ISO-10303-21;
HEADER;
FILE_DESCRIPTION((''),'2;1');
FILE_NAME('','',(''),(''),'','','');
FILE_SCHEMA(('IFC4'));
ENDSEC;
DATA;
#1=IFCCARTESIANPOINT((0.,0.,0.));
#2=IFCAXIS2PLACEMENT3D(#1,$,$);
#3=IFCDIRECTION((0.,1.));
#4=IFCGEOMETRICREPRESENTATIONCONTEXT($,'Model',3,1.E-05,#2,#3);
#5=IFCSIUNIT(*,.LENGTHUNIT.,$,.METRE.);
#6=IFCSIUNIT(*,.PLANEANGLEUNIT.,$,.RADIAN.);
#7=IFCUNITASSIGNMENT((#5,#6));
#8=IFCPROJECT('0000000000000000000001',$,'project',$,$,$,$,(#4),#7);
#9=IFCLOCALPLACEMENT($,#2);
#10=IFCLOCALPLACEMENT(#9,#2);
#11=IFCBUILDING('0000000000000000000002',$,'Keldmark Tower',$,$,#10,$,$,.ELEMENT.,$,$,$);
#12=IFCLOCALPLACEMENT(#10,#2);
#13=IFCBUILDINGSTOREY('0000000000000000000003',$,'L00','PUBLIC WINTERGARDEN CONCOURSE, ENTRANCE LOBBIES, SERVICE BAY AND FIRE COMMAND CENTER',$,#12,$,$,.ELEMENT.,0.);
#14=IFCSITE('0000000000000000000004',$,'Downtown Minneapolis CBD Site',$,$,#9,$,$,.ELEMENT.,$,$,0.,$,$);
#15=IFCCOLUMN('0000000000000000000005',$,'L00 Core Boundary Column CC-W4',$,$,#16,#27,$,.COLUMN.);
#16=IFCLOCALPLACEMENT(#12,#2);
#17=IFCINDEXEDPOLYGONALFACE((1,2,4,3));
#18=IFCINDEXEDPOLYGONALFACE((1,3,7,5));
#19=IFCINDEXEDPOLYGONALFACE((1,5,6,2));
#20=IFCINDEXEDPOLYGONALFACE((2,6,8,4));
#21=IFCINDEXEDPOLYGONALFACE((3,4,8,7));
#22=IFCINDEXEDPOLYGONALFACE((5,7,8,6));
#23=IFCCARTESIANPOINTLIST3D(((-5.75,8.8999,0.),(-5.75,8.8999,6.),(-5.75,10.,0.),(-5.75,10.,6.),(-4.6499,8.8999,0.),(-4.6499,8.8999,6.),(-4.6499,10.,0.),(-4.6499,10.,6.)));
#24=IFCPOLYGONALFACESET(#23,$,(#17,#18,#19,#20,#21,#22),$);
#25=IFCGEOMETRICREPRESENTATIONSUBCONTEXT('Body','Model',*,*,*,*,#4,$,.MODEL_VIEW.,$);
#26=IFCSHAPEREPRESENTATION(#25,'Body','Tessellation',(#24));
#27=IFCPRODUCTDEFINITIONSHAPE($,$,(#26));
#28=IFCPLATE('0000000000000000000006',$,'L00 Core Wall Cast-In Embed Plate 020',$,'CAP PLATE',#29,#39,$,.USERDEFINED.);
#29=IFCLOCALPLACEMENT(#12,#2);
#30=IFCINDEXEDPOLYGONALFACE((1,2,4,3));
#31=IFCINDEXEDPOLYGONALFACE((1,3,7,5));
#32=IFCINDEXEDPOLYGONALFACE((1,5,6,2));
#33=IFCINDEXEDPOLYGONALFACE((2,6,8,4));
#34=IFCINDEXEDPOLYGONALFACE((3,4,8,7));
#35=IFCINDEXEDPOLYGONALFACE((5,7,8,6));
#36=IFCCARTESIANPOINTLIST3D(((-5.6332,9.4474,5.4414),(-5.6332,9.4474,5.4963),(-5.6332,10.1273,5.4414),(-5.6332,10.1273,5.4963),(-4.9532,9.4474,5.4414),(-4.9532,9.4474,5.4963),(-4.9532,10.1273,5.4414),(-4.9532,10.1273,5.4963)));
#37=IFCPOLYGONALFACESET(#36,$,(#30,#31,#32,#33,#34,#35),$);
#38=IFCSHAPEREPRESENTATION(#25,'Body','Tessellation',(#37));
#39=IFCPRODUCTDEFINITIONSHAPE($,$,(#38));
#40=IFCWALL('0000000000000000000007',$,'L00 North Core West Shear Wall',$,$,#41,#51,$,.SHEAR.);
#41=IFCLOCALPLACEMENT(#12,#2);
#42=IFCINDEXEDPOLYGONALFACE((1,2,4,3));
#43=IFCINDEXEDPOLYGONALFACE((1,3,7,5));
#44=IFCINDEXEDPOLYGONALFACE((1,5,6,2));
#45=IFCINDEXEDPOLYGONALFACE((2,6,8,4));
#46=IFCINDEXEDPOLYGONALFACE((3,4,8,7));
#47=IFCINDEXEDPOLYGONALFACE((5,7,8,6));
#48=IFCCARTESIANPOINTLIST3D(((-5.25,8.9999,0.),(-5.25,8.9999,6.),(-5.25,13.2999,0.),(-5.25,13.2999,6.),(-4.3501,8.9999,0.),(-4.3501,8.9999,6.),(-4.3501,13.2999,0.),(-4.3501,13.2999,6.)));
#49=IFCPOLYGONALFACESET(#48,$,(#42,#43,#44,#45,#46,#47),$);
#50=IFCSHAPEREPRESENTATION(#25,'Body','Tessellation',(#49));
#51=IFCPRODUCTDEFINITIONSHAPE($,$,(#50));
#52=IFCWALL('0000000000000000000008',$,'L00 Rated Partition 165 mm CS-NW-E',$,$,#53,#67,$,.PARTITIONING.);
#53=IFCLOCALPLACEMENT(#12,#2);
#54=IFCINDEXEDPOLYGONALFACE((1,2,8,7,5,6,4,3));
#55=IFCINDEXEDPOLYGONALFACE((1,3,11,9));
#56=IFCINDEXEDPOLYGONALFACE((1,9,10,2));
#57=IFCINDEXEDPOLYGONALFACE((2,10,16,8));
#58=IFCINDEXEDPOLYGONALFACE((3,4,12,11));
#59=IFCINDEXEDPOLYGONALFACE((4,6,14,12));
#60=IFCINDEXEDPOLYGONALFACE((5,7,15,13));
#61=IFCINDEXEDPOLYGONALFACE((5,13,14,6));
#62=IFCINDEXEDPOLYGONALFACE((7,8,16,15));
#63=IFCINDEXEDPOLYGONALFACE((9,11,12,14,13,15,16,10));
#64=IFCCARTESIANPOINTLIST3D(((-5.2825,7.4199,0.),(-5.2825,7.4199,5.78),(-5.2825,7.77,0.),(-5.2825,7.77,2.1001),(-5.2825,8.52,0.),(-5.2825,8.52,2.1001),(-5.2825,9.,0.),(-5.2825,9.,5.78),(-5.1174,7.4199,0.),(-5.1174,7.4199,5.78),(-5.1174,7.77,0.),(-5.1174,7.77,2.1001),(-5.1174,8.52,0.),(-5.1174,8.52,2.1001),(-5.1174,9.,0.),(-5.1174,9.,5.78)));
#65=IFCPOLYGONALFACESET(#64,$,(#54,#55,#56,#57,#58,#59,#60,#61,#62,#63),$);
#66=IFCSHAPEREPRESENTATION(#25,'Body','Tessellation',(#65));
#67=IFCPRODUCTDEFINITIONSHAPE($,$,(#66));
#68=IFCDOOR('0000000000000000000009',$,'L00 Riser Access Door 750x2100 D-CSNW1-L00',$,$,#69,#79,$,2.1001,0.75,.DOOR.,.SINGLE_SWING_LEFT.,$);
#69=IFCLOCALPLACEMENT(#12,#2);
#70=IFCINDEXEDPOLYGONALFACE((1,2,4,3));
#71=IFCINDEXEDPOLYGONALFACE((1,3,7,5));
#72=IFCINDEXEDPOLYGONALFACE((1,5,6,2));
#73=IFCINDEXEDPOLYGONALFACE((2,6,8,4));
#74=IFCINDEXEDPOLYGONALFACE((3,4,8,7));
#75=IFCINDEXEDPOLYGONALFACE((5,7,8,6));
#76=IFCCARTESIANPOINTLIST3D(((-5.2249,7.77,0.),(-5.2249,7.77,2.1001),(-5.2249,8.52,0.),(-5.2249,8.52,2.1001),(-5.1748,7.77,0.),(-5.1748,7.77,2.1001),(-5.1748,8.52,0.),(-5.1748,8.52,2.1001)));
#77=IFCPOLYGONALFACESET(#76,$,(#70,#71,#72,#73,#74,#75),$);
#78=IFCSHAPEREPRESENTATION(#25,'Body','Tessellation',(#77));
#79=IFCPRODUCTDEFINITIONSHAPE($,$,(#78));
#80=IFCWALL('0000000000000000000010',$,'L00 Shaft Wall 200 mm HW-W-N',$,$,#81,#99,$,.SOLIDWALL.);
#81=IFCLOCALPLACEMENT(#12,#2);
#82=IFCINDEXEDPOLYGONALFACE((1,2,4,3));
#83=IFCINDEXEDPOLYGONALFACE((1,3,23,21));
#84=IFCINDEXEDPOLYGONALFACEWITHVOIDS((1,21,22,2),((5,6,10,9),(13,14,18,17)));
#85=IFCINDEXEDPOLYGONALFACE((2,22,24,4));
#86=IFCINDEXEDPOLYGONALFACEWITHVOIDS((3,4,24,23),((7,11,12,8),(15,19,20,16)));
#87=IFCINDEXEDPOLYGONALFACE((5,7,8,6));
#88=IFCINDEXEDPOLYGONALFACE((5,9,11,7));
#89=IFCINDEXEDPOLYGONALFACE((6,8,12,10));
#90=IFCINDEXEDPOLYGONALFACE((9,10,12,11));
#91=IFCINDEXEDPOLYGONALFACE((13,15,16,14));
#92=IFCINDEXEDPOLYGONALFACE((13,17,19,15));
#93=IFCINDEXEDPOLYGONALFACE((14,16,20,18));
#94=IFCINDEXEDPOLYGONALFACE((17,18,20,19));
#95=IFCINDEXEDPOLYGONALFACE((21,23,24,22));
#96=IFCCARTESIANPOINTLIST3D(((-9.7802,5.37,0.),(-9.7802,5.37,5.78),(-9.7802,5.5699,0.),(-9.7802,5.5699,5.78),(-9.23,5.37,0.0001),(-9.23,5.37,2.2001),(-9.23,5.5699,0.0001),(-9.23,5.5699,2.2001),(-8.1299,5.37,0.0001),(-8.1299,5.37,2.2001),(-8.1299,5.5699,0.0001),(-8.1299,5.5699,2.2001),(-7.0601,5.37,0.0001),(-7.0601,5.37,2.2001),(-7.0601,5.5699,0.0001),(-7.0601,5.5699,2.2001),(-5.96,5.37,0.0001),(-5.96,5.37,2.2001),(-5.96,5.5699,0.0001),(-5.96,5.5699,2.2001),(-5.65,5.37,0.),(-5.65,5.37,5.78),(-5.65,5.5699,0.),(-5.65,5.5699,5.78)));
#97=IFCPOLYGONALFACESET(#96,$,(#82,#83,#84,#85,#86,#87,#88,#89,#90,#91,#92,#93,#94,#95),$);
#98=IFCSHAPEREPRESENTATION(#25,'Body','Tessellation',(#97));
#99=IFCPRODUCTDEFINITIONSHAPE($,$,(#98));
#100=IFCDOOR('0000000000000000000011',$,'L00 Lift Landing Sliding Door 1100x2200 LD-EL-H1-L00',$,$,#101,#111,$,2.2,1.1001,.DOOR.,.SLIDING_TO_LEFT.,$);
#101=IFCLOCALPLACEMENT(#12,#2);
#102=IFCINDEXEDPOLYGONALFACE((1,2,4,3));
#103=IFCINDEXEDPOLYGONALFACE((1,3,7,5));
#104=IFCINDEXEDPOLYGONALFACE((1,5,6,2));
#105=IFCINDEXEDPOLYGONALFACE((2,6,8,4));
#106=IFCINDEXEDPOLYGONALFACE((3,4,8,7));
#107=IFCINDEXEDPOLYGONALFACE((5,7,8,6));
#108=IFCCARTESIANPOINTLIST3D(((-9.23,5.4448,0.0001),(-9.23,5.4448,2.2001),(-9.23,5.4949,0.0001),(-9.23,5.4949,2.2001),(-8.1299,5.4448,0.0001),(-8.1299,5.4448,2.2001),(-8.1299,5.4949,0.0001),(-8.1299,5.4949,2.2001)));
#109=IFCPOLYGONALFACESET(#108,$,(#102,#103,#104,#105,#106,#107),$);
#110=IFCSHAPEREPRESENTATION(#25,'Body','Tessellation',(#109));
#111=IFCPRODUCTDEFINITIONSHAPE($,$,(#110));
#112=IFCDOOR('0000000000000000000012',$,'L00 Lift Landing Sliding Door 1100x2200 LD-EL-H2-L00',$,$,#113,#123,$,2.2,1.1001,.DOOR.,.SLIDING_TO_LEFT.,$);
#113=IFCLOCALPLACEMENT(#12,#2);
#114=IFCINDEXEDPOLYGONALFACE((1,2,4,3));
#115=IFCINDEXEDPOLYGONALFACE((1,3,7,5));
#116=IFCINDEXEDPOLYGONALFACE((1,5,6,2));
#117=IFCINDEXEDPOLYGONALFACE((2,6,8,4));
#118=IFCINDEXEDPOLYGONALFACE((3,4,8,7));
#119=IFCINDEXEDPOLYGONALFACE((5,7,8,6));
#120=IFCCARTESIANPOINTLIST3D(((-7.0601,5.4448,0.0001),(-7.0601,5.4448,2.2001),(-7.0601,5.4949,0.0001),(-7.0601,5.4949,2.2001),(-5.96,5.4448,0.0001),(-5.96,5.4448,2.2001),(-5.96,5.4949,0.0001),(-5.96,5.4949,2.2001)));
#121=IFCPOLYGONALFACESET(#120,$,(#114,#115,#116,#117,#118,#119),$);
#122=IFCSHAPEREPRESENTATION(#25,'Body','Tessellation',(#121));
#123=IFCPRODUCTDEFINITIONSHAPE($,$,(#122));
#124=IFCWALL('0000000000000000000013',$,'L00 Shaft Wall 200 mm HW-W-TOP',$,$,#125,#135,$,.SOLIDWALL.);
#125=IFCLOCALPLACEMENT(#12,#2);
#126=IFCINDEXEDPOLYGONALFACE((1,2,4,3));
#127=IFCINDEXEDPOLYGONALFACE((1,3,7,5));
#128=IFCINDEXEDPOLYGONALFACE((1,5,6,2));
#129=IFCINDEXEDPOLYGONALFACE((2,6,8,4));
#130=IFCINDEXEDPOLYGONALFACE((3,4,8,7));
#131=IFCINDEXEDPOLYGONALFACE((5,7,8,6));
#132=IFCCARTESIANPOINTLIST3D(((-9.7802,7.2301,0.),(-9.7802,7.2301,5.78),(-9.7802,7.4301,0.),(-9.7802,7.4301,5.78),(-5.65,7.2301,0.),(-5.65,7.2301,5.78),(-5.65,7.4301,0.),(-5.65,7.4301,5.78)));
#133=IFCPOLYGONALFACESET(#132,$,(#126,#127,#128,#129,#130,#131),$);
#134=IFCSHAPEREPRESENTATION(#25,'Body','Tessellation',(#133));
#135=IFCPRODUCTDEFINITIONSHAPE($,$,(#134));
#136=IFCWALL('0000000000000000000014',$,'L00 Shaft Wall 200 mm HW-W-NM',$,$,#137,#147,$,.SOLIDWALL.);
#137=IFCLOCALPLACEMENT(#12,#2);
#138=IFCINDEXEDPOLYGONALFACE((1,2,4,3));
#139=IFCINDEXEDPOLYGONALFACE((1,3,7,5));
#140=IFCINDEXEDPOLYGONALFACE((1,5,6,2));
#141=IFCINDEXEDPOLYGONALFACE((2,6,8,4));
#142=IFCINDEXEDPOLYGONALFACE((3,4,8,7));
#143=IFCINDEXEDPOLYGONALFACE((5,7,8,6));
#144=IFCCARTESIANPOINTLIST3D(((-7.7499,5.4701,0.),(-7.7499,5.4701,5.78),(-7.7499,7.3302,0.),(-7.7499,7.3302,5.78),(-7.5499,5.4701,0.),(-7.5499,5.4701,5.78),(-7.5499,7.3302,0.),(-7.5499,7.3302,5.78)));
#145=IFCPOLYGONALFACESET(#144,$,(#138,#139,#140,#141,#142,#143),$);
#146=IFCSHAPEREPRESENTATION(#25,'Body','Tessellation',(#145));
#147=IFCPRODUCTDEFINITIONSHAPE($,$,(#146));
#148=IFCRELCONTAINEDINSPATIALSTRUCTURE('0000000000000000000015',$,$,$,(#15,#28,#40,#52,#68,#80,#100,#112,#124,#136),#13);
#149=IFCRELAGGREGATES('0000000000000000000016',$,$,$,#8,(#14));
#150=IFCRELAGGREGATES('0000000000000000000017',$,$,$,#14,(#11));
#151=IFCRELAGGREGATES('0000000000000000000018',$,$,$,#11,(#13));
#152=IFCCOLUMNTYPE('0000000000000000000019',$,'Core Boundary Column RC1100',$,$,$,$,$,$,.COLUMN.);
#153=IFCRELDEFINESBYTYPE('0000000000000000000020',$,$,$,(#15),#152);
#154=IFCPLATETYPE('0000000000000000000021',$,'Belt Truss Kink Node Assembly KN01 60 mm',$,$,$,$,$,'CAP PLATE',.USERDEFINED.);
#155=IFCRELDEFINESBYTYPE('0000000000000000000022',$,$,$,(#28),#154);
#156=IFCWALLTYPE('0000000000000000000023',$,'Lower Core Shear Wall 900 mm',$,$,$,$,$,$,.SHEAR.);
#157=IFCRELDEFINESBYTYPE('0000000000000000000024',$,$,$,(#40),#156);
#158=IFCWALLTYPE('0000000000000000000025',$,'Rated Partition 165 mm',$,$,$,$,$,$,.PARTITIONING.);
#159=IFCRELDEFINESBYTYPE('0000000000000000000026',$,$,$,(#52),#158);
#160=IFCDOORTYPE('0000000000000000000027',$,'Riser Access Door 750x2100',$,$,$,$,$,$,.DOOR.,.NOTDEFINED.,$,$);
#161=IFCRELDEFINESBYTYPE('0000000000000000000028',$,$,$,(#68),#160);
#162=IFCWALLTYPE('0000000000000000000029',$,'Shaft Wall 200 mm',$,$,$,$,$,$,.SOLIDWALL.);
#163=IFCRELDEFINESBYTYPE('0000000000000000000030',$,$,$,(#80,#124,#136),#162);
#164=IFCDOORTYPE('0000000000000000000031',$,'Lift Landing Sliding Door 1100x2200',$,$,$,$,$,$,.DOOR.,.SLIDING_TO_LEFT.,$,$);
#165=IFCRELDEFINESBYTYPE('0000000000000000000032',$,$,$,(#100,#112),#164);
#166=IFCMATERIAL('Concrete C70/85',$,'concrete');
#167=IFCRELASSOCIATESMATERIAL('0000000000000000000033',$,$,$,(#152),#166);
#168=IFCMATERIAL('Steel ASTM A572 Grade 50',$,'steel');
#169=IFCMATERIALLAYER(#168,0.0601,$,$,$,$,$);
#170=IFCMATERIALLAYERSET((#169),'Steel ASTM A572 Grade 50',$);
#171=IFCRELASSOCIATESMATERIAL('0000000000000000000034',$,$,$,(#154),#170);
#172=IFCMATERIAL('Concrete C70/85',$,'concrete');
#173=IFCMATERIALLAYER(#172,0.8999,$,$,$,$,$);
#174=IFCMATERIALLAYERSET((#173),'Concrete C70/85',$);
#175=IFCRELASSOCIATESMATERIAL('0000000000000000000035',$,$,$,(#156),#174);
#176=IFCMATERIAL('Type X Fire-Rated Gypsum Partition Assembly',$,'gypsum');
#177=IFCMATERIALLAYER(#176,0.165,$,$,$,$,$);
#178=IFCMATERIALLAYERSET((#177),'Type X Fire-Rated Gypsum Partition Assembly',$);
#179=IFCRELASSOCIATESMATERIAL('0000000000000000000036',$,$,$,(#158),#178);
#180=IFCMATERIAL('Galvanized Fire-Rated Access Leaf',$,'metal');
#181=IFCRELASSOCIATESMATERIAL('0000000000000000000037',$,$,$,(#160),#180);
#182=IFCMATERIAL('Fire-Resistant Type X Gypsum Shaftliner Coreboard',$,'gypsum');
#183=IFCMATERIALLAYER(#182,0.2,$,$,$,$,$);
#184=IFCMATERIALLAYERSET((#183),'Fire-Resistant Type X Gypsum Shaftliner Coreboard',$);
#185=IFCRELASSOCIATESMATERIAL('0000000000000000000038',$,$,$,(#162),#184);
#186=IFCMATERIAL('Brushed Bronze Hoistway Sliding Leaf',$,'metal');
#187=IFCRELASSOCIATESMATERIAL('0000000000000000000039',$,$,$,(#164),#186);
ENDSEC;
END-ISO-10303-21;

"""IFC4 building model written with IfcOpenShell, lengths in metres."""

from ifc_helpers import new_model, si_unit, direction, frame, frame_2d, origin, origin_2d, place, context, subcontext, project, spatial, rectangle, extrude, material, layer, layer_set, material_profile, profile_set, type_object, element, fill, save


model = new_model("IFC4")

# Units and contexts
model_context = context("Model", 3, precision=1e-05, world=origin(), true_north=direction((0.0, 1.0)))
body_context = subcontext(model_context, "Body", "Model", "MODEL_VIEW")
ifc_project = project(units=[si_unit("LENGTHUNIT", "METRE"), si_unit("PLANEANGLEUNIT", "RADIAN")], contexts=[model_context])

# Site, building, storey
site_placement = place(None, origin())
site = spatial("IfcSite", under=ifc_project, at=site_placement, Name="Downtown Minneapolis CBD Site", CompositionType="ELEMENT", RefElevation=0.0)
building_placement = place(site_placement, origin())
building = spatial("IfcBuilding", under=site, at=building_placement, Name="Keldmark Tower", CompositionType="ELEMENT")
storey_placement = place(building_placement, origin())
storey = spatial("IfcBuildingStorey", under=building, at=storey_placement, Name="L00", Description="PUBLIC WINTERGARDEN CONCOURSE, ENTRANCE LOBBIES, SERVICE BAY AND FIRE COMMAND CENTER", CompositionType="ELEMENT", Elevation=0.0)

# Column
ifc_material_1 = material(Name="Concrete C70/85", Category="concrete")
ifc_material_profile = material_profile(ifc_material_1, rectangle(XDim=1.1001, YDim=1.1001, at=origin_2d()), Name="RC1100X1100")
ifc_profile_set = profile_set([ifc_material_profile], Name="Concrete C70/85")
column_type = type_object("IfcColumnType", Name="Core Boundary Column RC1100", PredefinedType="COLUMN", material=ifc_profile_set)
column_placement = place(storey_placement, frame((-5.2, 9.45, 0.0), z_axis=(0.0, 0.0, 1.0), x_axis=(1.0, 0.0, 0.0)))
element("IfcColumn", 1, at=column_placement, inside=storey, type_object=column_type, Name="L00 Core Boundary Column CC-W4", PredefinedType="COLUMN", context=body_context, shape_type="SweptSolid", body=[
    extrude(rectangle(XDim=1.1001, YDim=1.1001, at=origin_2d()), origin(), (0.0, 0.0, 1.0), 6.0),
])

# Plate
ifc_material_2 = material(Name="Steel ASTM A572 Grade 50", Category="steel")
ifc_layer_1 = layer(ifc_material_2, 0.0601)
ifc_layer_set_1 = layer_set([ifc_layer_1], Name="Steel ASTM A572 Grade 50")
plate_type = type_object("IfcPlateType", Name="Belt Truss Kink Node Assembly KN01 60 mm", ElementType="CAP PLATE", PredefinedType="USERDEFINED", material=ifc_layer_set_1)
plate_placement = place(storey_placement, frame((-5.2932, 9.7874, 5.4414), z_axis=(0.0, 0.0, 1.0), x_axis=(1.0, 0.0, 0.0)))
element("IfcPlate", 2, at=plate_placement, inside=storey, type_object=plate_type, Name="L00 Core Wall Cast-In Embed Plate 020", ObjectType="CAP PLATE", PredefinedType="USERDEFINED", context=body_context, shape_type="SweptSolid", body=[
    extrude(rectangle(XDim=0.6799, YDim=0.6799, at=origin_2d()), origin(), (0.0, 0.0, 1.0), 0.0549),
])

# Wall
ifc_material_3 = material(Name="Concrete C70/85", Category="concrete")
ifc_layer_2 = layer(ifc_material_3, 0.8999)
ifc_layer_set_2 = layer_set([ifc_layer_2], Name="Concrete C70/85")
wall_type_1 = type_object("IfcWallType", Name="Lower Core Shear Wall 900 mm", PredefinedType="SHEAR", material=ifc_layer_set_2)
wall_1_placement = place(storey_placement, frame((-4.8, 9.0, 0.0), z_axis=(0.0, 0.0, 1.0), x_axis=(0.0, 1.0, 0.0)))
element("IfcWall", 3, at=wall_1_placement, inside=storey, type_object=wall_type_1, Name="L00 North Core West Shear Wall", PredefinedType="SHEAR", context=body_context, shape_type="SweptSolid", body=[
    extrude(rectangle(XDim=4.3, YDim=0.8999, at=frame_2d((2.1499, 0.0))), origin(), (0.0, 0.0, 1.0), 6.0),
])

# Wall, opening, door
ifc_material_4 = material(Name="Type X Fire-Rated Gypsum Partition Assembly", Category="gypsum")
ifc_layer_3 = layer(ifc_material_4, 0.165)
ifc_layer_set_3 = layer_set([ifc_layer_3], Name="Type X Fire-Rated Gypsum Partition Assembly")
wall_type_2 = type_object("IfcWallType", Name="Rated Partition 165 mm", PredefinedType="PARTITIONING", material=ifc_layer_set_3)
wall_2_placement = place(storey_placement, frame((-5.2, 7.4199, 0.0), z_axis=(0.0, 0.0, 1.0), x_axis=(0.0, 1.0, 0.0)))
wall_2 = element("IfcWall", 4, at=wall_2_placement, inside=storey, type_object=wall_type_2, Name="L00 Rated Partition 165 mm CS-NW-E", PredefinedType="PARTITIONING", context=body_context, shape_type="SweptSolid", body=[
    extrude(rectangle(XDim=1.5801, YDim=0.165, at=frame_2d((0.79, 0.0))), origin(), (0.0, 0.0, 1.0), 5.78),
])
opening_1_placement = place(wall_2_placement, frame((0.3501, 0.0, 0.0)))
opening_1 = element("IfcOpeningElement", 5, at=opening_1_placement, cuts=wall_2, PredefinedType="OPENING", context=body_context, shape_type="SweptSolid", body=[
    extrude(rectangle(XDim=0.75, YDim=2.1001, at=frame_2d((0.375, 1.05))), frame((0.0, 0.0925, 0.0), z_axis=(0.0, -1.0, 0.0), x_axis=(1.0, 0.0, 0.0)), (0.0, 0.0, 1.0), 0.1851),
])
ifc_material_5 = material(Name="Galvanized Fire-Rated Access Leaf", Category="metal")
door_type_1 = type_object("IfcDoorType", Name="Riser Access Door 750x2100", OperationType="NOTDEFINED", PredefinedType="DOOR", material=ifc_material_5)
door_1_placement = place(opening_1_placement, origin())
door_1 = element("IfcDoor", 6, at=door_1_placement, inside=storey, type_object=door_type_1, Name="L00 Riser Access Door 750x2100 D-CSNW1-L00", OperationType="SINGLE_SWING_LEFT", OverallHeight=2.1001, OverallWidth=0.75, PredefinedType="DOOR", context=body_context, shape_type="SweptSolid", body=[
    extrude(rectangle(XDim=0.75, YDim=2.1001, at=frame_2d((0.375, 1.05))), frame((0.0, 0.0249, 0.0), z_axis=(0.0, -1.0, 0.0), x_axis=(1.0, 0.0, 0.0)), (0.0, 0.0, 1.0), 0.05),
])
fill(opening_1, door_1)

# Wall, openings, doors
ifc_material_6 = material(Name="Fire-Resistant Type X Gypsum Shaftliner Coreboard", Category="gypsum")
ifc_layer_4 = layer(ifc_material_6, 0.2)
ifc_layer_set_4 = layer_set([ifc_layer_4], Name="Fire-Resistant Type X Gypsum Shaftliner Coreboard")
wall_type_3 = type_object("IfcWallType", Name="Shaft Wall 200 mm", PredefinedType="SOLIDWALL", material=ifc_layer_set_4)
wall_3_placement = place(storey_placement, frame((-9.78, 5.47, 0.0), z_axis=(0.0, 0.0, 1.0), x_axis=(1.0, 0.0, 0.0)))
wall_3 = element("IfcWall", 7, at=wall_3_placement, inside=storey, type_object=wall_type_3, Name="L00 Shaft Wall 200 mm HW-W-N", PredefinedType="SOLIDWALL", context=body_context, shape_type="SweptSolid", body=[
    extrude(rectangle(XDim=4.1301, YDim=0.2, at=frame_2d((2.0649, 0.0))), origin(), (0.0, 0.0, 1.0), 5.78),
])
opening_2_placement = place(wall_3_placement, frame((0.55, 0.0, 0.0)))
opening_2 = element("IfcOpeningElement", 8, at=opening_2_placement, cuts=wall_3, PredefinedType="OPENING", context=body_context, shape_type="SweptSolid", body=[
    extrude(rectangle(XDim=1.1001, YDim=2.2, at=frame_2d((0.55, 1.1001))), frame((0.0, 0.1099, 0.0), z_axis=(0.0, -1.0, 0.0), x_axis=(1.0, 0.0, 0.0)), (0.0, 0.0, 1.0), 0.22),
])
opening_3_placement = place(wall_3_placement, frame((2.72, 0.0, 0.0)))
opening_3 = element("IfcOpeningElement", 9, at=opening_3_placement, cuts=wall_3, PredefinedType="OPENING", context=body_context, shape_type="SweptSolid", body=[
    extrude(rectangle(XDim=1.1001, YDim=2.2, at=frame_2d((0.55, 1.1001))), frame((0.0, 0.1099, 0.0), z_axis=(0.0, -1.0, 0.0), x_axis=(1.0, 0.0, 0.0)), (0.0, 0.0, 1.0), 0.22),
])
ifc_material_7 = material(Name="Brushed Bronze Hoistway Sliding Leaf", Category="metal")
door_type_2 = type_object("IfcDoorType", Name="Lift Landing Sliding Door 1100x2200", OperationType="SLIDING_TO_LEFT", PredefinedType="DOOR", material=ifc_material_7)
door_2_placement = place(opening_2_placement, origin())
door_2 = element("IfcDoor", 10, at=door_2_placement, inside=storey, type_object=door_type_2, Name="L00 Lift Landing Sliding Door 1100x2200 LD-EL-H1-L00", OperationType="SLIDING_TO_LEFT", OverallHeight=2.2, OverallWidth=1.1001, PredefinedType="DOOR", context=body_context, shape_type="SweptSolid", body=[
    extrude(rectangle(XDim=1.1001, YDim=2.2, at=frame_2d((0.55, 1.1001))), frame((0.0, 0.0249, 0.0), z_axis=(0.0, -1.0, 0.0), x_axis=(1.0, 0.0, 0.0)), (0.0, 0.0, 1.0), 0.05),
])
fill(opening_2, door_2)
door_3_placement = place(opening_3_placement, origin())
door_3 = element("IfcDoor", 11, at=door_3_placement, inside=storey, type_object=door_type_2, Name="L00 Lift Landing Sliding Door 1100x2200 LD-EL-H2-L00", OperationType="SLIDING_TO_LEFT", OverallHeight=2.2, OverallWidth=1.1001, PredefinedType="DOOR", context=body_context, shape_type="SweptSolid", body=[
    extrude(rectangle(XDim=1.1001, YDim=2.2, at=frame_2d((0.55, 1.1001))), frame((0.0, 0.0249, 0.0), z_axis=(0.0, -1.0, 0.0), x_axis=(1.0, 0.0, 0.0)), (0.0, 0.0, 1.0), 0.05),
])
fill(opening_3, door_3)

# Walls
wall_4_placement = place(storey_placement, frame((-9.78, 7.3301, 0.0), z_axis=(0.0, 0.0, 1.0), x_axis=(1.0, 0.0, 0.0)))
element("IfcWall", 12, at=wall_4_placement, inside=storey, type_object=wall_type_3, Name="L00 Shaft Wall 200 mm HW-W-TOP", PredefinedType="SOLIDWALL", context=body_context, shape_type="SweptSolid", body=[
    extrude(rectangle(XDim=4.1301, YDim=0.2, at=frame_2d((2.0649, 0.0))), origin(), (0.0, 0.0, 1.0), 5.78),
])
wall_5_placement = place(storey_placement, frame((-7.6499, 5.47, 0.0), z_axis=(0.0, 0.0, 1.0), x_axis=(0.0, 1.0, 0.0)))
element("IfcWall", 13, at=wall_5_placement, inside=storey, type_object=wall_type_3, Name="L00 Shaft Wall 200 mm HW-W-NM", PredefinedType="SOLIDWALL", context=body_context, shape_type="SweptSolid", body=[
    extrude(rectangle(XDim=1.8601, YDim=0.2, at=frame_2d((0.9302, 0.0))), origin(), (0.0, 0.0, 1.0), 5.78),
])

save(model, "model.ifc")
